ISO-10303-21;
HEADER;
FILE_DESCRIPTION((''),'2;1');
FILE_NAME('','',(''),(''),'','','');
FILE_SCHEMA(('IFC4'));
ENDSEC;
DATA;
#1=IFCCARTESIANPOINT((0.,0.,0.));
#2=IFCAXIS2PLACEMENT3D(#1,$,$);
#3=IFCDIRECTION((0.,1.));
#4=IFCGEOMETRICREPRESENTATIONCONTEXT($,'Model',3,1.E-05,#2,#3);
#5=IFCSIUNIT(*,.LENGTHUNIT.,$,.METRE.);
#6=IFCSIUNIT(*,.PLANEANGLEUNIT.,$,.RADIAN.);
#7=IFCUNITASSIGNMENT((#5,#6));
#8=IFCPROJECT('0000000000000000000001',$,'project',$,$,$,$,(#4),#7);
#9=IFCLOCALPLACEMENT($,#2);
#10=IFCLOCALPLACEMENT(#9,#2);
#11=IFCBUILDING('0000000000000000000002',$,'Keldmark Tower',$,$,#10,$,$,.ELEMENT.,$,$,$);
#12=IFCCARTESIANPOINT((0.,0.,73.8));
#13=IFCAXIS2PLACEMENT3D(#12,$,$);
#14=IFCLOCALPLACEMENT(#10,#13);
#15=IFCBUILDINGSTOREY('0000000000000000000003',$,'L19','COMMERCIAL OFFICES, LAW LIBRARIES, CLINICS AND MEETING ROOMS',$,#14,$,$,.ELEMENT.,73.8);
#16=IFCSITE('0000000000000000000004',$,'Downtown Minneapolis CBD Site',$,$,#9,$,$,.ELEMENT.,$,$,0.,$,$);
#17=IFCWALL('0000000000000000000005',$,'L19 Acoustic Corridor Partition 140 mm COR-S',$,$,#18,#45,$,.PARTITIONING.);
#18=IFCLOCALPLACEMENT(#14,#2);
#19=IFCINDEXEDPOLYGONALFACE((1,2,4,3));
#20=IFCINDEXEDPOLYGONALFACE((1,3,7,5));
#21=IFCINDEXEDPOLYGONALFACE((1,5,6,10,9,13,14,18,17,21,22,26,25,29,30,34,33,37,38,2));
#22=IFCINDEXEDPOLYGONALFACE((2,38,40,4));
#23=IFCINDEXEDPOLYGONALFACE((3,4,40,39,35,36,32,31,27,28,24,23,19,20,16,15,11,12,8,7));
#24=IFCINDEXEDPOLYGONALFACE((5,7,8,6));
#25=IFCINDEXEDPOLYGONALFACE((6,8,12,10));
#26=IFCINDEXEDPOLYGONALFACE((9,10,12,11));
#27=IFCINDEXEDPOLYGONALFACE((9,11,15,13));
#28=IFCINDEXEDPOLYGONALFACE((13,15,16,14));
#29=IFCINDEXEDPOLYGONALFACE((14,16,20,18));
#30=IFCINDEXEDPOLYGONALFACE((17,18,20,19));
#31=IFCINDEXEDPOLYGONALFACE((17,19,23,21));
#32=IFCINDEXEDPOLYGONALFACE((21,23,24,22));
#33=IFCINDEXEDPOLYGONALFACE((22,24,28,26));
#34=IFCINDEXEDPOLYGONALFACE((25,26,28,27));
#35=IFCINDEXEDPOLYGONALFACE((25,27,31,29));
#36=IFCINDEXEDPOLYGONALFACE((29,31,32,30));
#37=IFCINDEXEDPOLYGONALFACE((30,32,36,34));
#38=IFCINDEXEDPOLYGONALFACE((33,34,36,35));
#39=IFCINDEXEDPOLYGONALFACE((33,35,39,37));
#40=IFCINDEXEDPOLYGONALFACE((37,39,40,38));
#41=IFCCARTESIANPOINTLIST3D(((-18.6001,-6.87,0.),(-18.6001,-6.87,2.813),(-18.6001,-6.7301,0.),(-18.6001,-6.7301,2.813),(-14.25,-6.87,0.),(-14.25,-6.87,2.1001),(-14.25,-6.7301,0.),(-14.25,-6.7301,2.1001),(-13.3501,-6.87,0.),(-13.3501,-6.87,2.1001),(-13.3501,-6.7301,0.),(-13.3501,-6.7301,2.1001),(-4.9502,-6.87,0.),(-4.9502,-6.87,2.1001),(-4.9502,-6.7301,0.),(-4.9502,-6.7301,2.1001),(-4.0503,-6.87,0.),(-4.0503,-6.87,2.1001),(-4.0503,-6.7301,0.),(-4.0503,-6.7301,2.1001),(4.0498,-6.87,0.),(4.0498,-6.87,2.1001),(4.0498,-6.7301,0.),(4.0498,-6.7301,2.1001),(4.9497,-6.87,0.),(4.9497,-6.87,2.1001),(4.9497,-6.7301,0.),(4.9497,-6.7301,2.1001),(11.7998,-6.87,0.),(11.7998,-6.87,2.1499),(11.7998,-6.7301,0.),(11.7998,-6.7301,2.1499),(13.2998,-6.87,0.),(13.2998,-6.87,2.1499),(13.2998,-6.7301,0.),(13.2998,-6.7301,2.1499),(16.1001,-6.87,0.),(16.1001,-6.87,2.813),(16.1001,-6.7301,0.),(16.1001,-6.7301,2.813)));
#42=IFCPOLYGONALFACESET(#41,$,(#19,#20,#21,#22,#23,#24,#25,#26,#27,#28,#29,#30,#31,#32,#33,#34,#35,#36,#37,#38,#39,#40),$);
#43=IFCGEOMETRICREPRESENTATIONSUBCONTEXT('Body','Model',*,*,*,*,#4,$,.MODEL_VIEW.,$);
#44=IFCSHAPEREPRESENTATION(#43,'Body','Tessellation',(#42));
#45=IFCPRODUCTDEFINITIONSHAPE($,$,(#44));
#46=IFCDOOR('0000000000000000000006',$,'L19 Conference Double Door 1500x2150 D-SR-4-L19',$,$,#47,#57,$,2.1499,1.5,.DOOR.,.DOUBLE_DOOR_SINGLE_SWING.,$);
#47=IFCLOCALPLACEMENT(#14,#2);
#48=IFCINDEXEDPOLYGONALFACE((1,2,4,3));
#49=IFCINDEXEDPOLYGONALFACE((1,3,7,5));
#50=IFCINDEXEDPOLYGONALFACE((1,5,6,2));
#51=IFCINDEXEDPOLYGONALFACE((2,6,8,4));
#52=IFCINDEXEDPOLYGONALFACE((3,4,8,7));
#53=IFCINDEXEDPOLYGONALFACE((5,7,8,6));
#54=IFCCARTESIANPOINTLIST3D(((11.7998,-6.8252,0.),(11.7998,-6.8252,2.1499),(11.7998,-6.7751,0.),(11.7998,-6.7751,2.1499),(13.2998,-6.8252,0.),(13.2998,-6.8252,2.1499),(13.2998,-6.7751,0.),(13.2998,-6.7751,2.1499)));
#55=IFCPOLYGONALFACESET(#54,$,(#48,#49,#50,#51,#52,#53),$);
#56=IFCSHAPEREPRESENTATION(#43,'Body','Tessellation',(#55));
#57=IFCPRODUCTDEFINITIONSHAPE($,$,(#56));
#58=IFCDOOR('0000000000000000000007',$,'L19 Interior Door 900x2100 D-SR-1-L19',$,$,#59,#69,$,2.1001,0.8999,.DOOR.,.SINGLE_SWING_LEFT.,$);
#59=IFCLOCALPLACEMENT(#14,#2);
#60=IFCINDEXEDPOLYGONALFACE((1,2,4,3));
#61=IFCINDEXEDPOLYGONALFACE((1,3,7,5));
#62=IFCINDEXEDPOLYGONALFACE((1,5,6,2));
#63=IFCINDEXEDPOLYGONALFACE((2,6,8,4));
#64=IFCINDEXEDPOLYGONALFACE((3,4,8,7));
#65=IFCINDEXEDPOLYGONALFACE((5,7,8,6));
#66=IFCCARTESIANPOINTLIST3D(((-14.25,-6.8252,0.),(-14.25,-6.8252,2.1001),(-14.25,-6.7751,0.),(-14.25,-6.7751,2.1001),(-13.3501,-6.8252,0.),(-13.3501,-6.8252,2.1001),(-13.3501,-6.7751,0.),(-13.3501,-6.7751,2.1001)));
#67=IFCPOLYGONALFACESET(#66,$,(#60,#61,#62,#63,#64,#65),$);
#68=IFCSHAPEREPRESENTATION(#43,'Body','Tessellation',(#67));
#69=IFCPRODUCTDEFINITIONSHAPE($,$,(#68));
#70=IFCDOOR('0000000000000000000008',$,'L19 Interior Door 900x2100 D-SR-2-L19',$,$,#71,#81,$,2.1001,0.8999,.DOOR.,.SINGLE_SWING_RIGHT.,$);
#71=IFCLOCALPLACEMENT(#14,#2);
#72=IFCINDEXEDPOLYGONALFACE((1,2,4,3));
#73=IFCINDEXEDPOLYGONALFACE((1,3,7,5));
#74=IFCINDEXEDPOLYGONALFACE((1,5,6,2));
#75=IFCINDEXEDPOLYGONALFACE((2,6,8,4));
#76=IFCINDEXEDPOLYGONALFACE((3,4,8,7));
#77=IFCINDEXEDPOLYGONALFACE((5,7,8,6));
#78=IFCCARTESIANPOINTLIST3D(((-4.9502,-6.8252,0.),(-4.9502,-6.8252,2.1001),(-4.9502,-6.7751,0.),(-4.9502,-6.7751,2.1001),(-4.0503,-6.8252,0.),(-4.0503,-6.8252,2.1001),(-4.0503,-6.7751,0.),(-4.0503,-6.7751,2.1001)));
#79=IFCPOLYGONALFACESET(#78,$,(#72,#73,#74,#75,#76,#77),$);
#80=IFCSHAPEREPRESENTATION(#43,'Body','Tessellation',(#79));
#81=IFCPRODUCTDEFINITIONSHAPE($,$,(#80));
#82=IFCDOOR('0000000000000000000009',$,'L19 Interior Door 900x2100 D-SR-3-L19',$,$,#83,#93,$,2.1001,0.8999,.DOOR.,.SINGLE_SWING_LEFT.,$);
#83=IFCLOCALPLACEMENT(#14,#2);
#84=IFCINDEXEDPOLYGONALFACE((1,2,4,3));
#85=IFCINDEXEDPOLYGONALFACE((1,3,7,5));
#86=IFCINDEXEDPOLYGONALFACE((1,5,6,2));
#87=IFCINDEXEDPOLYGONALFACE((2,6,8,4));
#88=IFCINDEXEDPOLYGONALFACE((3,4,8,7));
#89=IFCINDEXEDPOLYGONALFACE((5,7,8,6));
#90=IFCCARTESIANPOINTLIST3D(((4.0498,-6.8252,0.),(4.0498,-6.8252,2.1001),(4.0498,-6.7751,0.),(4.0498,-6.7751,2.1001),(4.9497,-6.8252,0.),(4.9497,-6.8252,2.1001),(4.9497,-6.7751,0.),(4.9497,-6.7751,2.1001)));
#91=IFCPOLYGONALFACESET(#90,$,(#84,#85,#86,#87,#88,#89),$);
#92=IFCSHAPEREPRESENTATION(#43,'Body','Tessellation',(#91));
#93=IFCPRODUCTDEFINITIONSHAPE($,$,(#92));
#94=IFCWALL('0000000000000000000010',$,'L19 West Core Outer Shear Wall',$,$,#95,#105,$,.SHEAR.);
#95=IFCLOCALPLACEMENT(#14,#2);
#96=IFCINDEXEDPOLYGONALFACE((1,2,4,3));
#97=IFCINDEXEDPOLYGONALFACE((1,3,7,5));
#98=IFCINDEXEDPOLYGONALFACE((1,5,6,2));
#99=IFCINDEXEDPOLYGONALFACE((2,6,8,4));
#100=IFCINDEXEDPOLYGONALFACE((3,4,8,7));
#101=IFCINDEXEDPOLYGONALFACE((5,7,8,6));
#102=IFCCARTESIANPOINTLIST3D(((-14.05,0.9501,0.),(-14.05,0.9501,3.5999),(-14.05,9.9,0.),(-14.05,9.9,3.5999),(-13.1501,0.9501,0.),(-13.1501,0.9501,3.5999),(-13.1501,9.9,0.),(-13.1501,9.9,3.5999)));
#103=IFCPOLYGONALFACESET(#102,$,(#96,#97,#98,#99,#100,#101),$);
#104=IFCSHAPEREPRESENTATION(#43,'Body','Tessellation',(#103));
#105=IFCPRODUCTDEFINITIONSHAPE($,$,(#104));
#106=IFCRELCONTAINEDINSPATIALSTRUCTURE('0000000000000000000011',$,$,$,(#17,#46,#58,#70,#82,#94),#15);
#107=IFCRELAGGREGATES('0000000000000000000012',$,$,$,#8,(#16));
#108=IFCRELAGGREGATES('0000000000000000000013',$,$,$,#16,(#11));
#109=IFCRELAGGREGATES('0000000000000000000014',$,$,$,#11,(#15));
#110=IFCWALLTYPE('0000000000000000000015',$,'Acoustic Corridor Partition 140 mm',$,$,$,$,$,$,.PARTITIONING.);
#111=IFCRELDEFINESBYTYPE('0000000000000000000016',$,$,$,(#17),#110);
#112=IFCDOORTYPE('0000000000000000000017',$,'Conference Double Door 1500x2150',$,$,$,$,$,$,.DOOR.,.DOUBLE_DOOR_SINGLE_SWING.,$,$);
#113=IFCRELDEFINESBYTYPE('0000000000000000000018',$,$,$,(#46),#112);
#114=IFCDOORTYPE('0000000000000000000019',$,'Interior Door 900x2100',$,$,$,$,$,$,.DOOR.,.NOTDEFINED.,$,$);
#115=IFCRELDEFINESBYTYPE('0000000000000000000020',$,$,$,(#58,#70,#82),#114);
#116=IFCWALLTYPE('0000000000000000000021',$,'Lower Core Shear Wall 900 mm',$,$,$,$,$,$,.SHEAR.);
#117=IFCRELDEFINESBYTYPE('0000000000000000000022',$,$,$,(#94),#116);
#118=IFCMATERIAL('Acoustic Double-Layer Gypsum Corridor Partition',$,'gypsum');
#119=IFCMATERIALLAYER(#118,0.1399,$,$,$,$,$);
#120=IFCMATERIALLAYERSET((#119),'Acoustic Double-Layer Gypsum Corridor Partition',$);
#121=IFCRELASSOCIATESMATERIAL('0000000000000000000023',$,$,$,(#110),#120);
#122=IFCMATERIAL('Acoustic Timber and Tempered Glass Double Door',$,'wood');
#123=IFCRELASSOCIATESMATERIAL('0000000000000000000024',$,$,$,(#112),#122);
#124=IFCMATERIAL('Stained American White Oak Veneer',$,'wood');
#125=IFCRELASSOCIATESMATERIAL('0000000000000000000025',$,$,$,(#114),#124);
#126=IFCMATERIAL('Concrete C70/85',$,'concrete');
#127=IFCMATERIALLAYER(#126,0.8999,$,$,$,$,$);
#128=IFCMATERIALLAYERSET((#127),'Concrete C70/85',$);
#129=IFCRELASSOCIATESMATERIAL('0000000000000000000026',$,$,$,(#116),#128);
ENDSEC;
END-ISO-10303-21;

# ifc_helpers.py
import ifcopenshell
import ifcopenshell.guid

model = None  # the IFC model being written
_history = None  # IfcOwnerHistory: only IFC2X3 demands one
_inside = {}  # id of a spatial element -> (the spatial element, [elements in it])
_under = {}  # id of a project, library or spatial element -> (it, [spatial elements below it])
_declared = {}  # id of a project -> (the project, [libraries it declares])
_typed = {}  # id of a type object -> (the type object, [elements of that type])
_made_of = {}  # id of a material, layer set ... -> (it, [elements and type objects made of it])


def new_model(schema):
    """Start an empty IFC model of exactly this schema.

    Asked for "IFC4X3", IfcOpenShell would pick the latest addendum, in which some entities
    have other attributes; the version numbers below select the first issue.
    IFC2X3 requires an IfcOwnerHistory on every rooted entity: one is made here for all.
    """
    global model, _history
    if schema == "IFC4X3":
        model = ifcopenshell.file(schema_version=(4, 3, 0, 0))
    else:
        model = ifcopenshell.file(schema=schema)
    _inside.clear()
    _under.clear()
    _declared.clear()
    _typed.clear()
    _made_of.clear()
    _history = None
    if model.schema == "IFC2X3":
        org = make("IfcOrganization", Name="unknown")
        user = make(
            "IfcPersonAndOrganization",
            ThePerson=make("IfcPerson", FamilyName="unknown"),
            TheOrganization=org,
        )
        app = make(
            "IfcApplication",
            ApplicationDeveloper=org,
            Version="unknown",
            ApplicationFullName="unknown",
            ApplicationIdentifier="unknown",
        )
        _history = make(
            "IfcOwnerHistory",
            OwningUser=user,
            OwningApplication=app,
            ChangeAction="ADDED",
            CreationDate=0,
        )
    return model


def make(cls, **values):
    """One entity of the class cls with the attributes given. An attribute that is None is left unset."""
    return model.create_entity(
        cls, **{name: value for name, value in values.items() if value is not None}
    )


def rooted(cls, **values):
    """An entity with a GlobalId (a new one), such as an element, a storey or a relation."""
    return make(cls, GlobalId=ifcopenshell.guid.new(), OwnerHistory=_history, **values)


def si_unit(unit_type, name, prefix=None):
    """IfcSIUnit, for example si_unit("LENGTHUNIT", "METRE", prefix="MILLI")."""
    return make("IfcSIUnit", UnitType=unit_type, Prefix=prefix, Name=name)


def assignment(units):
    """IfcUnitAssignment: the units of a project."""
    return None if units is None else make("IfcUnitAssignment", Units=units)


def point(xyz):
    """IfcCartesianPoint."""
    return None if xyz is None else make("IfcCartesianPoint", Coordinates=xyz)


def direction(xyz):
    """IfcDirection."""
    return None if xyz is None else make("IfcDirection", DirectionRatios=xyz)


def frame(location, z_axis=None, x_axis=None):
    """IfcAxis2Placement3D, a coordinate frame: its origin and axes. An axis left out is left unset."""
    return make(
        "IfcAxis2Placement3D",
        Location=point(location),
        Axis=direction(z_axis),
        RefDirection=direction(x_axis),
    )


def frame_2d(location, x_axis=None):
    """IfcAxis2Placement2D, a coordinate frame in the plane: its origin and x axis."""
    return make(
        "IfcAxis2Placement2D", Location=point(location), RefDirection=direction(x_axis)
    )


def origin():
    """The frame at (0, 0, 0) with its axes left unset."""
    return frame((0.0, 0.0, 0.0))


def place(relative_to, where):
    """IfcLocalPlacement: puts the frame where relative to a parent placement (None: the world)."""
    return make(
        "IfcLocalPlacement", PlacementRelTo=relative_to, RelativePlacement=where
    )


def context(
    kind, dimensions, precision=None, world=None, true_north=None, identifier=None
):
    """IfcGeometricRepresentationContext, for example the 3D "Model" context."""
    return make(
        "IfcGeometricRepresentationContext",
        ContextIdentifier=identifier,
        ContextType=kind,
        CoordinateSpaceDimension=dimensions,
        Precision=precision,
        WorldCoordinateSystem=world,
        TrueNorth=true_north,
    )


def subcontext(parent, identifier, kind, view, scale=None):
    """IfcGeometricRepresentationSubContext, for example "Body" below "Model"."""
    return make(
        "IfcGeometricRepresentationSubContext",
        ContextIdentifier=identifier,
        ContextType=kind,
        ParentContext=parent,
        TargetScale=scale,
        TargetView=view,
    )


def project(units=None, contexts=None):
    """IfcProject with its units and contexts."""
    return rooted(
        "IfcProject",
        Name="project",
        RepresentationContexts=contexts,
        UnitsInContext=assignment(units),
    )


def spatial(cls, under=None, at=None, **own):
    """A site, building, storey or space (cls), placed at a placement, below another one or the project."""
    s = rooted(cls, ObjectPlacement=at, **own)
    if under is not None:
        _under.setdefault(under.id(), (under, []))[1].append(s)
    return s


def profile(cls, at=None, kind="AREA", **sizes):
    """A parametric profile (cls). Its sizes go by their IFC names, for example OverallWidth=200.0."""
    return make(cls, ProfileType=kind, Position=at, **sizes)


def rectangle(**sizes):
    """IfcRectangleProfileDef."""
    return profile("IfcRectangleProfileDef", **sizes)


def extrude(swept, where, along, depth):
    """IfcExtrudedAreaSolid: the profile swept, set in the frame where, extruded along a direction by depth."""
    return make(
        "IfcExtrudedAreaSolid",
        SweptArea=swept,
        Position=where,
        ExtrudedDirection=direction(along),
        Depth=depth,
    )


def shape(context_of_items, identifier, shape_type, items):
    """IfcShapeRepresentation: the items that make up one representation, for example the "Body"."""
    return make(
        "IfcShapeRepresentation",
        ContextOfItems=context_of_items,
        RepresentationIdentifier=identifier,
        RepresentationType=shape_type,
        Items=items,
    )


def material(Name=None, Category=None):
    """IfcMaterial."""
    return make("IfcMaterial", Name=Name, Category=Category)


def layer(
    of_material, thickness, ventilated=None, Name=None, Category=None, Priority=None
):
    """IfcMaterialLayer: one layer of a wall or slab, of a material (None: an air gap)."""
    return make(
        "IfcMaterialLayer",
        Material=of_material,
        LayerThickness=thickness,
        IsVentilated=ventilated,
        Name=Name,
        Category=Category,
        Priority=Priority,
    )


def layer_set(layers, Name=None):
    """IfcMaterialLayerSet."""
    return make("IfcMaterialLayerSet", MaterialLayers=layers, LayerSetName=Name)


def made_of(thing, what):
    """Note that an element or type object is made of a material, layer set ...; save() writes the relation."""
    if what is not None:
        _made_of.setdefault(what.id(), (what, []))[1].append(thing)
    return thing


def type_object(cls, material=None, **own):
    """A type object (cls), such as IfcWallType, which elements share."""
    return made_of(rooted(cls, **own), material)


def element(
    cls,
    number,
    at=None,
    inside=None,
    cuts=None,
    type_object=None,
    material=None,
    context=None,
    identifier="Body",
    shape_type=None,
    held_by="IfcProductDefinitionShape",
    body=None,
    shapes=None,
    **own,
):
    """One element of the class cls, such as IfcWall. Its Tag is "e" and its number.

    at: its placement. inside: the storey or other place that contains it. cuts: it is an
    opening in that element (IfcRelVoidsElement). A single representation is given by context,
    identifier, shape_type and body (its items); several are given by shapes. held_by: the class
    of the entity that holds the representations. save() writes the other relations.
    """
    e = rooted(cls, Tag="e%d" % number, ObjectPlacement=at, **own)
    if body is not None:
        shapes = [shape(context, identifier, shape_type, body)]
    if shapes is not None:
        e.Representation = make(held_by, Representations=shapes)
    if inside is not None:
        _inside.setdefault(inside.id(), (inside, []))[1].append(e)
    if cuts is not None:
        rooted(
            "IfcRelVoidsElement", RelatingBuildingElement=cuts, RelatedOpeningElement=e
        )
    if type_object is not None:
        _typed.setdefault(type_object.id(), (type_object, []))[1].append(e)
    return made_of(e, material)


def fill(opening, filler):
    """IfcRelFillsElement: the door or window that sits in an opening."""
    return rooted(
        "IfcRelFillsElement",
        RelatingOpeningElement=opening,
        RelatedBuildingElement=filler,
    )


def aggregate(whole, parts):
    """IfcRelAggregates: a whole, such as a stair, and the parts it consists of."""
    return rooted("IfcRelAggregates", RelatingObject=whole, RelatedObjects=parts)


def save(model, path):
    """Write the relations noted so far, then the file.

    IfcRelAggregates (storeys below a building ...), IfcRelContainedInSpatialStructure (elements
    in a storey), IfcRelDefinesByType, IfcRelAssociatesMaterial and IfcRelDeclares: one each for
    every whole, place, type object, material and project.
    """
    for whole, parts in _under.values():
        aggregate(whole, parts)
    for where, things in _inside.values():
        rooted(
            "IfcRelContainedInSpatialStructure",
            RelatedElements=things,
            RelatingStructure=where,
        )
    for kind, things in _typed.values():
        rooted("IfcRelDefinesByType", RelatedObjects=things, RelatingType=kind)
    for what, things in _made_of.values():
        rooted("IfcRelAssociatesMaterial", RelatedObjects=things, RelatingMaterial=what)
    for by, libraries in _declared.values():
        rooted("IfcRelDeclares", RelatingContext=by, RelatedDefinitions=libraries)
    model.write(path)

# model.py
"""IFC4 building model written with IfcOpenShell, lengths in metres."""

from ifc_helpers import new_model, si_unit, direction, frame, frame_2d, origin, place, context, subcontext, project, spatial, rectangle, extrude, material, layer, layer_set, type_object, element, fill, save


model = new_model("IFC4")

# Units and contexts
model_context = context("Model", 3, precision=1e-05, world=origin(), true_north=direction((0.0, 1.0)))
body_context = subcontext(model_context, "Body", "Model", "MODEL_VIEW")
ifc_project = project(units=[si_unit("LENGTHUNIT", "METRE"), si_unit("PLANEANGLEUNIT", "RADIAN")], contexts=[model_context])

# Site, building, storey
site_placement = place(None, origin())
site = spatial("IfcSite", under=ifc_project, at=site_placement, Name="Downtown Minneapolis CBD Site", CompositionType="ELEMENT", RefElevation=0.0)
building_placement = place(site_placement, origin())
building = spatial("IfcBuilding", under=site, at=building_placement, Name="Keldmark Tower", CompositionType="ELEMENT")
storey_placement = place(building_placement, frame((0.0, 0.0, 73.8)))
storey = spatial("IfcBuildingStorey", under=building, at=storey_placement, Name="L19", Description="COMMERCIAL OFFICES, LAW LIBRARIES, CLINICS AND MEETING ROOMS", CompositionType="ELEMENT", Elevation=73.8)

# Wall, openings, doors
ifc_material_1 = material(Name="Acoustic Double-Layer Gypsum Corridor Partition", Category="gypsum")
ifc_layer_1 = layer(ifc_material_1, 0.1399)
ifc_layer_set_1 = layer_set([ifc_layer_1], Name="Acoustic Double-Layer Gypsum Corridor Partition")
wall_type_1 = type_object("IfcWallType", Name="Acoustic Corridor Partition 140 mm", PredefinedType="PARTITIONING", material=ifc_layer_set_1)
wall_1_placement = place(storey_placement, frame((-18.6001, -6.8, 0.0), z_axis=(0.0, 0.0, 1.0), x_axis=(1.0, 0.0, 0.0)))
wall_1 = element("IfcWall", 1, at=wall_1_placement, inside=storey, type_object=wall_type_1, Name="L19 Acoustic Corridor Partition 140 mm COR-S", PredefinedType="PARTITIONING", context=body_context, shape_type="SweptSolid", body=[
    extrude(rectangle(XDim=34.7002, YDim=0.1399, at=frame_2d((17.3501, 0.0))), origin(), (0.0, 0.0, 1.0), 2.813),
])
opening_1_placement = place(wall_1_placement, frame((4.3501, 0.0, 0.0)))
opening_1 = element("IfcOpeningElement", 2, at=opening_1_placement, cuts=wall_1, PredefinedType="OPENING", context=body_context, shape_type="SweptSolid", body=[
    extrude(rectangle(XDim=0.8999, YDim=2.1001, at=frame_2d((0.45, 1.05))), frame((0.0, 0.0798, 0.0), z_axis=(0.0, -1.0, 0.0), x_axis=(1.0, 0.0, 0.0)), (0.0, 0.0, 1.0), 0.1599),
])
opening_2_placement = place(wall_1_placement, frame((13.6499, 0.0, 0.0)))
opening_2 = element("IfcOpeningElement", 3, at=opening_2_placement, cuts=wall_1, PredefinedType="OPENING", context=body_context, shape_type="SweptSolid", body=[
    extrude(rectangle(XDim=0.8999, YDim=2.1001, at=frame_2d((0.45, 1.05))), frame((0.0, 0.0798, 0.0), z_axis=(0.0, -1.0, 0.0), x_axis=(1.0, 0.0, 0.0)), (0.0, 0.0, 1.0), 0.1599),
])
opening_3_placement = place(wall_1_placement, frame((22.6499, 0.0, 0.0)))
opening_3 = element("IfcOpeningElement", 4, at=opening_3_placement, cuts=wall_1, PredefinedType="OPENING", context=body_context, shape_type="SweptSolid", body=[
    extrude(rectangle(XDim=0.8999, YDim=2.1001, at=frame_2d((0.45, 1.05))), frame((0.0, 0.0798, 0.0), z_axis=(0.0, -1.0, 0.0), x_axis=(1.0, 0.0, 0.0)), (0.0, 0.0, 1.0), 0.1599),
])
opening_4_placement = place(wall_1_placement, frame((30.3999, 0.0, 0.0)))
opening_4 = element("IfcOpeningElement", 5, at=opening_4_placement, cuts=wall_1, PredefinedType="OPENING", context=body_context, shape_type="SweptSolid", body=[
    extrude(rectangle(XDim=1.5, YDim=2.1499, at=frame_2d((0.75, 1.075))), frame((0.0, 0.0798, 0.0), z_axis=(0.0, -1.0, 0.0), x_axis=(1.0, 0.0, 0.0)), (0.0, 0.0, 1.0), 0.1599),
])
ifc_material_2 = material(Name="Acoustic Timber and Tempered Glass Double Door", Category="wood")
door_type_1 = type_object("IfcDoorType", Name="Conference Double Door 1500x2150", OperationType="DOUBLE_DOOR_SINGLE_SWING", PredefinedType="DOOR", material=ifc_material_2)
door_1_placement = place(opening_4_placement, origin())
door_1 = element("IfcDoor", 6, at=door_1_placement, inside=storey, type_object=door_type_1, Name="L19 Conference Double Door 1500x2150 D-SR-4-L19", OperationType="DOUBLE_DOOR_SINGLE_SWING", OverallHeight=2.1499, OverallWidth=1.5, PredefinedType="DOOR", context=body_context, shape_type="SweptSolid", body=[
    extrude(rectangle(XDim=1.5, YDim=2.1499, at=frame_2d((0.75, 1.075))), frame((0.0, 0.0249, 0.0), z_axis=(0.0, -1.0, 0.0), x_axis=(1.0, 0.0, 0.0)), (0.0, 0.0, 1.0), 0.05),
])
fill(opening_4, door_1)
ifc_material_3 = material(Name="Stained American White Oak Veneer", Category="wood")
door_type_2 = type_object("IfcDoorType", Name="Interior Door 900x2100", OperationType="NOTDEFINED", PredefinedType="DOOR", material=ifc_material_3)
door_2_placement = place(opening_1_placement, origin())
door_2 = element("IfcDoor", 7, at=door_2_placement, inside=storey, type_object=door_type_2, Name="L19 Interior Door 900x2100 D-SR-1-L19", OperationType="SINGLE_SWING_LEFT", OverallHeight=2.1001, OverallWidth=0.8999, PredefinedType="DOOR", context=body_context, shape_type="SweptSolid", body=[
    extrude(rectangle(XDim=0.8999, YDim=2.1001, at=frame_2d((0.45, 1.05))), frame((0.0, 0.0249, 0.0), z_axis=(0.0, -1.0, 0.0), x_axis=(1.0, 0.0, 0.0)), (0.0, 0.0, 1.0), 0.05),
])
fill(opening_1, door_2)
door_3_placement = place(opening_2_placement, origin())
door_3 = element("IfcDoor", 8, at=door_3_placement, inside=storey, type_object=door_type_2, Name="L19 Interior Door 900x2100 D-SR-2-L19", OperationType="SINGLE_SWING_RIGHT", OverallHeight=2.1001, OverallWidth=0.8999, PredefinedType="DOOR", context=body_context, shape_type="SweptSolid", body=[
    extrude(rectangle(XDim=0.8999, YDim=2.1001, at=frame_2d((0.45, 1.05))), frame((0.0, 0.0249, 0.0), z_axis=(0.0, -1.0, 0.0), x_axis=(1.0, 0.0, 0.0)), (0.0, 0.0, 1.0), 0.05),
])
fill(opening_2, door_3)
door_4_placement = place(opening_3_placement, origin())
door_4 = element("IfcDoor", 9, at=door_4_placement, inside=storey, type_object=door_type_2, Name="L19 Interior Door 900x2100 D-SR-3-L19", OperationType="SINGLE_SWING_LEFT", OverallHeight=2.1001, OverallWidth=0.8999, PredefinedType="DOOR", context=body_context, shape_type="SweptSolid", body=[
    extrude(rectangle(XDim=0.8999, YDim=2.1001, at=frame_2d((0.45, 1.05))), frame((0.0, 0.0249, 0.0), z_axis=(0.0, -1.0, 0.0), x_axis=(1.0, 0.0, 0.0)), (0.0, 0.0, 1.0), 0.05),
])
fill(opening_3, door_4)

# Wall
ifc_material_4 = material(Name="Concrete C70/85", Category="concrete")
ifc_layer_2 = layer(ifc_material_4, 0.8999)
ifc_layer_set_2 = layer_set([ifc_layer_2], Name="Concrete C70/85")
wall_type_2 = type_object("IfcWallType", Name="Lower Core Shear Wall 900 mm", PredefinedType="SHEAR", material=ifc_layer_set_2)
wall_2_placement = place(storey_placement, frame((-13.6001, 0.95, 0.0), z_axis=(0.0, 0.0, 1.0), x_axis=(0.0, 1.0, 0.0)))
element("IfcWall", 10, at=wall_2_placement, inside=storey, type_object=wall_type_2, Name="L19 West Core Outer Shear Wall", PredefinedType="SHEAR", context=body_context, shape_type="SweptSolid", body=[
    extrude(rectangle(XDim=8.95, YDim=0.8999, at=frame_2d((4.4751, 0.0))), origin(), (0.0, 0.0, 1.0), 3.5999),
])

save(model, "model.ifc")
